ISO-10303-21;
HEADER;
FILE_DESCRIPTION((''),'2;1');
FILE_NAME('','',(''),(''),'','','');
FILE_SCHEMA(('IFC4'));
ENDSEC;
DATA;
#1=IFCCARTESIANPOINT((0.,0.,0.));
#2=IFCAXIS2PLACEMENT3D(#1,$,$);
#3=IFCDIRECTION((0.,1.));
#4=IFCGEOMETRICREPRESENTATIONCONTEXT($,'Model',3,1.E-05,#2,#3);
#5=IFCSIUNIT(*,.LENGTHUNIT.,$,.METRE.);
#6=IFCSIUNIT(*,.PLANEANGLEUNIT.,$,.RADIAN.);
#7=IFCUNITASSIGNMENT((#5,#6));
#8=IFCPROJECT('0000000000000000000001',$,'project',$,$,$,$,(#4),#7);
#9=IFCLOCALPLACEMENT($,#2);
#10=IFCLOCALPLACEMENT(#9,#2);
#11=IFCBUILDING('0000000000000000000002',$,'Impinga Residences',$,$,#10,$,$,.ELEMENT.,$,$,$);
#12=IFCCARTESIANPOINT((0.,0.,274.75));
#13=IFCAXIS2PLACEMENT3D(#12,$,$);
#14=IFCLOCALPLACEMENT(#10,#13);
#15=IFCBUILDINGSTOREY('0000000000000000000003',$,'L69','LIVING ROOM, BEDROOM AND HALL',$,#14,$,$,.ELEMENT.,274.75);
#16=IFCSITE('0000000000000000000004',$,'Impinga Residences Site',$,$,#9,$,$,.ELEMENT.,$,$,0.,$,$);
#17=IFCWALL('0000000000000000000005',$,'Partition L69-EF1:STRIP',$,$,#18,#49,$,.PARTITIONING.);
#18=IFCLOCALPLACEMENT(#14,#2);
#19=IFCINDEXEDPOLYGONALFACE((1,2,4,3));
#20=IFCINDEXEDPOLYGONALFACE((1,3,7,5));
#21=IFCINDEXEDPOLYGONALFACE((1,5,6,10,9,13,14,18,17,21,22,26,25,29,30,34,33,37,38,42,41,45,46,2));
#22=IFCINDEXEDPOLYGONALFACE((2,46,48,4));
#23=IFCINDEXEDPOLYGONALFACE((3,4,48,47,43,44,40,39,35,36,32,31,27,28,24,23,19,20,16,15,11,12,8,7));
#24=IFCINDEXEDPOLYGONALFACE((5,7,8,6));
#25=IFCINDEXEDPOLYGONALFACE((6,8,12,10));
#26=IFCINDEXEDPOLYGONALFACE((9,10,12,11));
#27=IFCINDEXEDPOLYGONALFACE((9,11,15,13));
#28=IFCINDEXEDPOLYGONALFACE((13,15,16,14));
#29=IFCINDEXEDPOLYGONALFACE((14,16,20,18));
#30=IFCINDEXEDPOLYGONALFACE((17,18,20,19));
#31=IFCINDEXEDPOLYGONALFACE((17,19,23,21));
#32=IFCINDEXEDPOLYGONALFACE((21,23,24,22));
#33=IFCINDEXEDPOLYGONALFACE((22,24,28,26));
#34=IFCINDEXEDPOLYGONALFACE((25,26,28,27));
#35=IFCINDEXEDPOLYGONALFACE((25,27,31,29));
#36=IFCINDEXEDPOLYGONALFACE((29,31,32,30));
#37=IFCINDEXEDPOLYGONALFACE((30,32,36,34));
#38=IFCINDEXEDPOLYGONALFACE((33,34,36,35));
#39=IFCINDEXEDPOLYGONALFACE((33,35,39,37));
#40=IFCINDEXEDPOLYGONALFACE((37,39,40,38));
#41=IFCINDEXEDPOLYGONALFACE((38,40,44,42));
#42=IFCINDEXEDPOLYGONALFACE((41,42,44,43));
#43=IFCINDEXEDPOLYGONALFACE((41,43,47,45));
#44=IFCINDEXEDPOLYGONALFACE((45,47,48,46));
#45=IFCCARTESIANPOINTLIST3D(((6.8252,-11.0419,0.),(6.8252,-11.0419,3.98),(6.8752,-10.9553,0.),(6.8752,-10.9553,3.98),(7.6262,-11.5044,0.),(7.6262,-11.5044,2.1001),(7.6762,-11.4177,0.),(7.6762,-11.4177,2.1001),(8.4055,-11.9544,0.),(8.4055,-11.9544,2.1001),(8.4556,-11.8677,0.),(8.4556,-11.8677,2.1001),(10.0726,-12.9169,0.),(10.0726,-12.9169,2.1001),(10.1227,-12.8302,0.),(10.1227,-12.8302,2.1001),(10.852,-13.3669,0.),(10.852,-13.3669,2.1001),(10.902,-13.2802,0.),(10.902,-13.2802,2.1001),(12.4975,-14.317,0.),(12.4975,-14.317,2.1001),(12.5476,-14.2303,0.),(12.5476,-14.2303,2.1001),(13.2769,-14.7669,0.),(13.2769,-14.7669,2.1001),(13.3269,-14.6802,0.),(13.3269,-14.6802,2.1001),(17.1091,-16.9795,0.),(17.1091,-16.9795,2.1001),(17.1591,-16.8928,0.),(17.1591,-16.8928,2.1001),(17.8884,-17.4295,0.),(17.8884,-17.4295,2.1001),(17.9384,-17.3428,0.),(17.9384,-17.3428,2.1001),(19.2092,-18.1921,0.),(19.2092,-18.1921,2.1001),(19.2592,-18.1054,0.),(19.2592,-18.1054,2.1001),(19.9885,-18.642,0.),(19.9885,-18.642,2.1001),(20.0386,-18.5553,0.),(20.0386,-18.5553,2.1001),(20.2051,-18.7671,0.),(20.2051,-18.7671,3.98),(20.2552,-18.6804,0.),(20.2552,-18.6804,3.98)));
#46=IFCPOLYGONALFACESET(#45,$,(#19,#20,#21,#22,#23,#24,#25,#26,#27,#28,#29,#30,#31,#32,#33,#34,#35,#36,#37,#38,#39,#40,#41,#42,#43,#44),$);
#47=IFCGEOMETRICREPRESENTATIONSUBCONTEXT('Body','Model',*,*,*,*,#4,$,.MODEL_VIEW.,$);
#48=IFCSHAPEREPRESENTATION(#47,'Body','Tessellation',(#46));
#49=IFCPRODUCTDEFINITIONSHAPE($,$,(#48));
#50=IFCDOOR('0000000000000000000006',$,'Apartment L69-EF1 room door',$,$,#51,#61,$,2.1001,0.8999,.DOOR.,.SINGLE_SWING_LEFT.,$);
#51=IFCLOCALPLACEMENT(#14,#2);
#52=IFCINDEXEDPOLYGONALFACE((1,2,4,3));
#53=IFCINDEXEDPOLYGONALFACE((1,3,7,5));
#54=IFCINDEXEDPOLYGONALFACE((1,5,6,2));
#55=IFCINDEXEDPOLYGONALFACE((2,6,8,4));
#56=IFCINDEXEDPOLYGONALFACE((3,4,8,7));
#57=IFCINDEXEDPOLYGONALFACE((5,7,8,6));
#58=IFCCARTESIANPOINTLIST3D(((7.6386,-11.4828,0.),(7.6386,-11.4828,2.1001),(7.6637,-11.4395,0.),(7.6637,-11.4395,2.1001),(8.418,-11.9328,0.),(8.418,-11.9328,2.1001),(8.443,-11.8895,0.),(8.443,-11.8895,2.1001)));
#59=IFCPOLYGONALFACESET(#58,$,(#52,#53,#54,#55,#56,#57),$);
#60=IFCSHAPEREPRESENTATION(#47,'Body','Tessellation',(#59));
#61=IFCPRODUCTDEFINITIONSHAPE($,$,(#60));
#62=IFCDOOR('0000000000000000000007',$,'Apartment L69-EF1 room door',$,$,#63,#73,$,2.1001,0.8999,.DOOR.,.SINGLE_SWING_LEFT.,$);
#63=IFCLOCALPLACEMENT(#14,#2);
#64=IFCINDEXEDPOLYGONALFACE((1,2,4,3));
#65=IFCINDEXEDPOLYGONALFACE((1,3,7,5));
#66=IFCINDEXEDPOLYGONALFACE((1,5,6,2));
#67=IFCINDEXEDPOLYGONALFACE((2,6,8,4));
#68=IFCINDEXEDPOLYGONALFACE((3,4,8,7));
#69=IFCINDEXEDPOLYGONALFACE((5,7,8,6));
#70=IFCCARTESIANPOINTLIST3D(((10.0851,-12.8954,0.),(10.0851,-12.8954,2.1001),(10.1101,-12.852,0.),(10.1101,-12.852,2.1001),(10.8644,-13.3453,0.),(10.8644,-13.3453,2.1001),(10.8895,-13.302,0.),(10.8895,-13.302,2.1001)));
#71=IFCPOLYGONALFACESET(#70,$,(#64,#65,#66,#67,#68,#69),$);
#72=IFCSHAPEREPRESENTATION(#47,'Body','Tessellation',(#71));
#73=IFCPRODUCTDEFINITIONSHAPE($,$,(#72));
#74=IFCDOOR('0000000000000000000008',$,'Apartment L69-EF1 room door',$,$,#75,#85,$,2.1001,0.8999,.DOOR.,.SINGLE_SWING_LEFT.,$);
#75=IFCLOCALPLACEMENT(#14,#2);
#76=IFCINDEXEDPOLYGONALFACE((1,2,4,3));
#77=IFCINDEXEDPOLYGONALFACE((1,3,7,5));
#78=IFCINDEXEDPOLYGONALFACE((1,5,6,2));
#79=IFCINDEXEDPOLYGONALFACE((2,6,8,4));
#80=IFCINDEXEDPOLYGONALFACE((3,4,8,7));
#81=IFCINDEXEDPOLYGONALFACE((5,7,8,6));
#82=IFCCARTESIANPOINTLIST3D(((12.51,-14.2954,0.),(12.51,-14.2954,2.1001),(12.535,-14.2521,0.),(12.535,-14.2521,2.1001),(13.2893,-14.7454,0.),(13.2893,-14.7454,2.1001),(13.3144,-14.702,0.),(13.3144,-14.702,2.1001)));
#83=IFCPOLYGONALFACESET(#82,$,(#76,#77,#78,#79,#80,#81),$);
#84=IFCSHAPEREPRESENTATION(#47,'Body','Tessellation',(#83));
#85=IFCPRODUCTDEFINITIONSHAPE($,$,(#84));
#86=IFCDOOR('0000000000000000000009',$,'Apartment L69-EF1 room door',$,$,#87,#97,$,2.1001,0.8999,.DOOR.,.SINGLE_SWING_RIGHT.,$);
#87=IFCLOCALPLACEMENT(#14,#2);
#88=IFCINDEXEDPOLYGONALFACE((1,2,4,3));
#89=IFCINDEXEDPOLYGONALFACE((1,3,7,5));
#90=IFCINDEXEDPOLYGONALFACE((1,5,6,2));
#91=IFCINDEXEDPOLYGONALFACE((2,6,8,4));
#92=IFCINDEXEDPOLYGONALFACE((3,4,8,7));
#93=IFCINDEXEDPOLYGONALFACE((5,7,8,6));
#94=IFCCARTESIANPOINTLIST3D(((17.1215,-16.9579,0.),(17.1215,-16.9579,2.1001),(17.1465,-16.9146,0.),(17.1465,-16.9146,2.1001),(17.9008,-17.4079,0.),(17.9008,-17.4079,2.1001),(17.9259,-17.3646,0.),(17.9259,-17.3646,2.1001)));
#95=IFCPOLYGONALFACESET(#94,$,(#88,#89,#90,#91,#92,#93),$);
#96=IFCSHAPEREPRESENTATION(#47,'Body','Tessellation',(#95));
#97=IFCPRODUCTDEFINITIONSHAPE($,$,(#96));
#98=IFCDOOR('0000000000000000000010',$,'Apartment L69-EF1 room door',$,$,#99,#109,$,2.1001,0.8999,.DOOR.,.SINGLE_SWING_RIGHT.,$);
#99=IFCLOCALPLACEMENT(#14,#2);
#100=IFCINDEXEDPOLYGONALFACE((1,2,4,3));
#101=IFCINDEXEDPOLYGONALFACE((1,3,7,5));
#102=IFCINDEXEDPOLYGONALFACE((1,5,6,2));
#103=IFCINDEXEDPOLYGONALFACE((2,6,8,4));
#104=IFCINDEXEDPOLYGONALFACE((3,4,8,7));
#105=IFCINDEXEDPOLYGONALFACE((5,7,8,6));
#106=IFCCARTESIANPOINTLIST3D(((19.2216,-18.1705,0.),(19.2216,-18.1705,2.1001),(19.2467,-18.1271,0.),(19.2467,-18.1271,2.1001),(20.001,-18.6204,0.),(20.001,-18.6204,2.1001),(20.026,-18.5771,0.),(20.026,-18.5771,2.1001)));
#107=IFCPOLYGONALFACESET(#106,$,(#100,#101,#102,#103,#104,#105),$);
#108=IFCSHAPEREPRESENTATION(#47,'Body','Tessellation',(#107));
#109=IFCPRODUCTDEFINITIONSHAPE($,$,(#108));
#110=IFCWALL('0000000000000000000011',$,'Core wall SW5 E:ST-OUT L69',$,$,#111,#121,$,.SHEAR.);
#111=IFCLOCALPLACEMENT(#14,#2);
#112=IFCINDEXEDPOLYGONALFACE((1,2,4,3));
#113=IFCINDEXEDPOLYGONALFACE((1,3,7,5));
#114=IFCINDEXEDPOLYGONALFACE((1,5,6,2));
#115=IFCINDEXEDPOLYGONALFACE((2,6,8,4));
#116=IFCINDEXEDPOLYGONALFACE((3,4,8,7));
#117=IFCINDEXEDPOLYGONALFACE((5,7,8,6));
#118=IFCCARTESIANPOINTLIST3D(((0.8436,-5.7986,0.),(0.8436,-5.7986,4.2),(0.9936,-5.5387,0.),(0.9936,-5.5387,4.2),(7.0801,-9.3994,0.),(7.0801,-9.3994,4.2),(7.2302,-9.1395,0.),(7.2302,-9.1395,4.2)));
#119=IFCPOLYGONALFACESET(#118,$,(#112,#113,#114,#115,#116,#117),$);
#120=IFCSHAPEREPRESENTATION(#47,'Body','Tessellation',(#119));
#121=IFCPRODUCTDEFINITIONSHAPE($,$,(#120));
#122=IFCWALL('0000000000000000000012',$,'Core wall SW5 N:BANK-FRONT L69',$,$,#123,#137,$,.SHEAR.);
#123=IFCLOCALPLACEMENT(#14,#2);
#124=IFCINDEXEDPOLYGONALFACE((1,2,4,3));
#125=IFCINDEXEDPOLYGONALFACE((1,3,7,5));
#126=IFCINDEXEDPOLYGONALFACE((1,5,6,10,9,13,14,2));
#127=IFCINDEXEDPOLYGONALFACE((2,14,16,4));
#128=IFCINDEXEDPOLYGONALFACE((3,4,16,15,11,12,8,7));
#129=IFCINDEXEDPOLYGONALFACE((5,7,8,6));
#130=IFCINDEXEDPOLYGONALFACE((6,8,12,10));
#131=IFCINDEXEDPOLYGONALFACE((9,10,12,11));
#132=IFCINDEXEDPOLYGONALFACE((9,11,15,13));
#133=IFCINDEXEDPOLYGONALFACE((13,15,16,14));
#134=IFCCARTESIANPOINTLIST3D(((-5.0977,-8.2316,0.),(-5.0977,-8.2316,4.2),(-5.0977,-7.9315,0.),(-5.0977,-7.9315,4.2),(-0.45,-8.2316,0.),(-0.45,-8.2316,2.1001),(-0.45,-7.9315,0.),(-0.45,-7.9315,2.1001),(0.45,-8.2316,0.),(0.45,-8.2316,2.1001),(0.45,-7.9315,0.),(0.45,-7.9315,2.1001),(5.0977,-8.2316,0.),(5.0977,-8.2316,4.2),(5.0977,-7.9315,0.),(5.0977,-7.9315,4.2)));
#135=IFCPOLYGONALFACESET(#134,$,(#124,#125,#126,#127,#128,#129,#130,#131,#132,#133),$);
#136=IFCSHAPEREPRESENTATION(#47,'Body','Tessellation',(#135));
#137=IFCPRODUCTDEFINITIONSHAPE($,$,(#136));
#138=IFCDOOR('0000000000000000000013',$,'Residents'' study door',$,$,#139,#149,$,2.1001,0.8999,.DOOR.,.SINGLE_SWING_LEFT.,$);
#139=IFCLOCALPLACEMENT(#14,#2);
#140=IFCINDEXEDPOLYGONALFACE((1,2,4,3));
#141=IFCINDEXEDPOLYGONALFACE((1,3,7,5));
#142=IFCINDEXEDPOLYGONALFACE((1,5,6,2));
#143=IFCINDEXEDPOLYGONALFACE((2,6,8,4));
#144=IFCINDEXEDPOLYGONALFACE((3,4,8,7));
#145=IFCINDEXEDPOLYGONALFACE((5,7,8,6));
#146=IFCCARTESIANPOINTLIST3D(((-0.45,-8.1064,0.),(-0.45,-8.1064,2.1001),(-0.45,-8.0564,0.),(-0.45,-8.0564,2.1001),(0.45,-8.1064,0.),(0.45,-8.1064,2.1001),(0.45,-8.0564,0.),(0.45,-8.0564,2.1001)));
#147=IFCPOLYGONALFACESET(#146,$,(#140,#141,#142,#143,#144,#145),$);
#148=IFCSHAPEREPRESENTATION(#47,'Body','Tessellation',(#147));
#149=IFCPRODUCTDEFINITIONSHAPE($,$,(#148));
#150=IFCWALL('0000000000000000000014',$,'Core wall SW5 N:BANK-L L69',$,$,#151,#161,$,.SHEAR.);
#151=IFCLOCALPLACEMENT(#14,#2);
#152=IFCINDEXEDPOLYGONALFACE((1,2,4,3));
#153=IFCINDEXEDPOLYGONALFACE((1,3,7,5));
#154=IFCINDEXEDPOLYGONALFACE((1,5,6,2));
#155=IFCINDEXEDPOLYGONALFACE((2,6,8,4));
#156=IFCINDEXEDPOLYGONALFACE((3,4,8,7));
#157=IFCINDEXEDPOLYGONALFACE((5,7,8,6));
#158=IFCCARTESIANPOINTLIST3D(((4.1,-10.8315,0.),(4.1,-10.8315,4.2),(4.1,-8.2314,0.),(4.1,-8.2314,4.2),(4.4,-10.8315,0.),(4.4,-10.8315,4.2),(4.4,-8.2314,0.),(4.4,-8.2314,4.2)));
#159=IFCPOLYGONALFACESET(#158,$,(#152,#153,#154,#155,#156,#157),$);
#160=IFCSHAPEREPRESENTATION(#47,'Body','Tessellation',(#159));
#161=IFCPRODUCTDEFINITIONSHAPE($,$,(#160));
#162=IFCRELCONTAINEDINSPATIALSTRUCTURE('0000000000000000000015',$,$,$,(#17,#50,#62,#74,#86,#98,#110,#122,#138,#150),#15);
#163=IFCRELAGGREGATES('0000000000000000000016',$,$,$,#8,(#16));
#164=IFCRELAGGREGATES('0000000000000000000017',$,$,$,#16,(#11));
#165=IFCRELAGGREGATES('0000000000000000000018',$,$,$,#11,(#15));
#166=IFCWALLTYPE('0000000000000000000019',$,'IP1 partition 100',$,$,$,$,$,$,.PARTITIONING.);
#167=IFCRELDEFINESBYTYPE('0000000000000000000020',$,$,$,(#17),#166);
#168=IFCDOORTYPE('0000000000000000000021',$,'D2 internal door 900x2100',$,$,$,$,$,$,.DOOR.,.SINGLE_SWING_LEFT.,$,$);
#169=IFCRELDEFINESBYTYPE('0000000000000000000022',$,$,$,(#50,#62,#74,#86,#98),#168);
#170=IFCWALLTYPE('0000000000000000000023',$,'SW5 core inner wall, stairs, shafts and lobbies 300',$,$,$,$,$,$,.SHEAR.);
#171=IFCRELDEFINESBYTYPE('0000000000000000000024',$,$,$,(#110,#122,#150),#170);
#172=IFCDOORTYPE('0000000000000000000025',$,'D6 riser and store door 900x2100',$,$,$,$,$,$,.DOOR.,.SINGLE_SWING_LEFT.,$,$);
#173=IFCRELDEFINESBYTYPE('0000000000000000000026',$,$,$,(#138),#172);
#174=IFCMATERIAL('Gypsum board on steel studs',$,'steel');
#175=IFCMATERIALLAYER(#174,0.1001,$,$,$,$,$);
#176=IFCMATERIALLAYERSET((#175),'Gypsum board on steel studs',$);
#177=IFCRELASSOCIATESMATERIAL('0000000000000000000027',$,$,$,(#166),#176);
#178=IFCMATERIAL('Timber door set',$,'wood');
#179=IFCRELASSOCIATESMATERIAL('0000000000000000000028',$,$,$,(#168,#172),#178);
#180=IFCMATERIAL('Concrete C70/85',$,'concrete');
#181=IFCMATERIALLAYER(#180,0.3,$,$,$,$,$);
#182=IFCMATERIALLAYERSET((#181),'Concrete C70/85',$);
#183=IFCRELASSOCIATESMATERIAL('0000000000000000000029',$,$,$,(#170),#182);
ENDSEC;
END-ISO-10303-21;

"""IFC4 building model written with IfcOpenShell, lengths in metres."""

from ifc_helpers import new_model, si_unit, direction, frame, frame_2d, origin, place, context, subcontext, project, spatial, rectangle, extrude, material, layer, layer_set, type_object, element, fill, save


model = new_model("IFC4")

# Units and contexts
model_context = context("Model", 3, precision=1e-05, world=origin(), true_north=direction((0.0, 1.0)))
body_context = subcontext(model_context, "Body", "Model", "MODEL_VIEW")
ifc_project = project(units=[si_unit("LENGTHUNIT", "METRE"), si_unit("PLANEANGLEUNIT", "RADIAN")], contexts=[model_context])

# Site, building, storey
site_placement = place(None, origin())
site = spatial("IfcSite", under=ifc_project, at=site_placement, Name="Impinga Residences Site", CompositionType="ELEMENT", RefElevation=0.0)
building_placement = place(site_placement, origin())
building = spatial("IfcBuilding", under=site, at=building_placement, Name="Impinga Residences", CompositionType="ELEMENT")
storey_placement = place(building_placement, frame((0.0, 0.0, 274.75)))
storey = spatial("IfcBuildingStorey", under=building, at=storey_placement, Name="L69", Description="LIVING ROOM, BEDROOM AND HALL", CompositionType="ELEMENT", Elevation=274.75)

# Wall, openings, doors
ifc_material_1 = material(Name="Gypsum board on steel studs", Category="steel")
ifc_layer_1 = layer(ifc_material_1, 0.1001)
ifc_layer_set_1 = layer_set([ifc_layer_1], Name="Gypsum board on steel studs")
wall_type_1 = type_object("IfcWallType", Name="IP1 partition 100", PredefinedType="PARTITIONING", material=ifc_layer_set_1)
wall_1_placement = place(storey_placement, frame((6.8501, -10.9985, 0.0), z_axis=(0.0, 0.0, 1.0), x_axis=(0.866019, -0.500011, 0.0)))
wall_1 = element("IfcWall", 1, at=wall_1_placement, inside=storey, type_object=wall_type_1, Name="Partition L69-EF1:STRIP", PredefinedType="PARTITIONING", context=body_context, shape_type="SweptSolid", body=[
    extrude(rectangle(XDim=15.45, YDim=0.1001, at=frame_2d((7.7251, 0.0))), origin(), (0.0, 0.0, 1.0), 3.98),
])
opening_1_placement = place(wall_1_placement, frame((0.925, 0.0, 0.0)))
opening_1 = element("IfcOpeningElement", 2, at=opening_1_placement, cuts=wall_1, PredefinedType="OPENING", context=body_context, shape_type="SweptSolid", body=[
    extrude(rectangle(XDim=0.8999, YDim=2.1001, at=frame_2d((0.45, 1.05))), frame((0.0, 0.0601, 0.0), z_axis=(0.0, -1.0, 0.0), x_axis=(1.0, 0.0, 0.0)), (0.0, 0.0, 1.0), 0.1201),
])
opening_2_placement = place(wall_1_placement, frame((3.75, 0.0, 0.0)))
opening_2 = element("IfcOpeningElement", 3, at=opening_2_placement, cuts=wall_1, PredefinedType="OPENING", context=body_context, shape_type="SweptSolid", body=[
    extrude(rectangle(XDim=0.8999, YDim=2.1001, at=frame_2d((0.45, 1.05))), frame((0.0, 0.0601, 0.0), z_axis=(0.0, -1.0, 0.0), x_axis=(1.0, 0.0, 0.0)), (0.0, 0.0, 1.0), 0.1201),
])
opening_3_placement = place(wall_1_placement, frame((6.55, 0.0, 0.0)))
opening_3 = element("IfcOpeningElement", 4, at=opening_3_placement, cuts=wall_1, PredefinedType="OPENING", context=body_context, shape_type="SweptSolid", body=[
    extrude(rectangle(XDim=0.8999, YDim=2.1001, at=frame_2d((0.45, 1.05))), frame((0.0, 0.0601, 0.0), z_axis=(0.0, -1.0, 0.0), x_axis=(1.0, 0.0, 0.0)), (0.0, 0.0, 1.0), 0.1201),
])
opening_4_placement = place(wall_1_placement, frame((11.875, 0.0, 0.0)))
opening_4 = element("IfcOpeningElement", 5, at=opening_4_placement, cuts=wall_1, PredefinedType="OPENING", context=body_context, shape_type="SweptSolid", body=[
    extrude(rectangle(XDim=0.8999, YDim=2.1001, at=frame_2d((0.45, 1.05))), frame((0.0, 0.0601, 0.0), z_axis=(0.0, -1.0, 0.0), x_axis=(1.0, 0.0, 0.0)), (0.0, 0.0, 1.0), 0.1201),
])
opening_5_placement = place(wall_1_placement, frame((14.3, 0.0, 0.0)))
opening_5 = element("IfcOpeningElement", 6, at=opening_5_placement, cuts=wall_1, PredefinedType="OPENING", context=body_context, shape_type="SweptSolid", body=[
    extrude(rectangle(XDim=0.8999, YDim=2.1001, at=frame_2d((0.45, 1.05))), frame((0.0, 0.0601, 0.0), z_axis=(0.0, -1.0, 0.0), x_axis=(1.0, 0.0, 0.0)), (0.0, 0.0, 1.0), 0.1201),
])
ifc_material_2 = material(Name="Timber door set", Category="wood")
door_type_1 = type_object("IfcDoorType", Name="D2 internal door 900x2100", OperationType="SINGLE_SWING_LEFT", PredefinedType="DOOR", material=ifc_material_2)
door_1_placement = place(opening_1_placement, origin())
door_1 = element("IfcDoor", 7, at=door_1_placement, inside=storey, type_object=door_type_1, Name="Apartment L69-EF1 room door", OperationType="SINGLE_SWING_LEFT", OverallHeight=2.1001, OverallWidth=0.8999, PredefinedType="DOOR", context=body_context, shape_type="SweptSolid", body=[
    extrude(rectangle(XDim=0.8999, YDim=2.1001, at=frame_2d((0.45, 1.05))), frame((0.0, 0.0249, 0.0), z_axis=(0.0, -1.0, 0.0), x_axis=(1.0, 0.0, 0.0)), (0.0, 0.0, 1.0), 0.05),
])
fill(opening_1, door_1)
door_2_placement = place(opening_2_placement, origin())
door_2 = element("IfcDoor", 8, at=door_2_placement, inside=storey, type_object=door_type_1, Name="Apartment L69-EF1 room door", OperationType="SINGLE_SWING_LEFT", OverallHeight=2.1001, OverallWidth=0.8999, PredefinedType="DOOR", context=body_context, shape_type="SweptSolid", body=[
    extrude(rectangle(XDim=0.8999, YDim=2.1001, at=frame_2d((0.45, 1.05))), frame((0.0, 0.0249, 0.0), z_axis=(0.0, -1.0, 0.0), x_axis=(1.0, 0.0, 0.0)), (0.0, 0.0, 1.0), 0.05),
])
fill(opening_2, door_2)
door_3_placement = place(opening_3_placement, origin())
door_3 = element("IfcDoor", 9, at=door_3_placement, inside=storey, type_object=door_type_1, Name="Apartment L69-EF1 room door", OperationType="SINGLE_SWING_LEFT", OverallHeight=2.1001, OverallWidth=0.8999, PredefinedType="DOOR", context=body_context, shape_type="SweptSolid", body=[
    extrude(rectangle(XDim=0.8999, YDim=2.1001, at=frame_2d((0.45, 1.05))), frame((0.0, 0.0249, 0.0), z_axis=(0.0, -1.0, 0.0), x_axis=(1.0, 0.0, 0.0)), (0.0, 0.0, 1.0), 0.05),
])
fill(opening_3, door_3)
door_4_placement = place(opening_4_placement, origin())
door_4 = element("IfcDoor", 10, at=door_4_placement, inside=storey, type_object=door_type_1, Name="Apartment L69-EF1 room door", OperationType="SINGLE_SWING_RIGHT", OverallHeight=2.1001, OverallWidth=0.8999, PredefinedType="DOOR", context=body_context, shape_type="SweptSolid", body=[
    extrude(rectangle(XDim=0.8999, YDim=2.1001, at=frame_2d((0.45, 1.05))), frame((0.0, 0.0249, 0.0), z_axis=(0.0, -1.0, 0.0), x_axis=(1.0, 0.0, 0.0)), (0.0, 0.0, 1.0), 0.05),
])
fill(opening_4, door_4)
door_5_placement = place(opening_5_placement, origin())
door_5 = element("IfcDoor", 11, at=door_5_placement, inside=storey, type_object=door_type_1, Name="Apartment L69-EF1 room door", OperationType="SINGLE_SWING_RIGHT", OverallHeight=2.1001, OverallWidth=0.8999, PredefinedType="DOOR", context=body_context, shape_type="SweptSolid", body=[
    extrude(rectangle(XDim=0.8999, YDim=2.1001, at=frame_2d((0.45, 1.05))), frame((0.0, 0.0249, 0.0), z_axis=(0.0, -1.0, 0.0), x_axis=(1.0, 0.0, 0.0)), (0.0, 0.0, 1.0), 0.05),
])
fill(opening_5, door_5)

# Wall
ifc_material_3 = material(Name="Concrete C70/85", Category="concrete")
ifc_layer_2 = layer(ifc_material_3, 0.3)
ifc_layer_set_2 = layer_set([ifc_layer_2], Name="Concrete C70/85")
wall_type_2 = type_object("IfcWallType", Name="SW5 core inner wall, stairs, shafts and lobbies 300", PredefinedType="SHEAR", material=ifc_layer_set_2)
wall_2_placement = place(storey_placement, frame((0.9187, -5.6687, 0.0), z_axis=(0.0, 0.0, 1.0), x_axis=(0.866017, -0.500015, 0.0)))
element("IfcWall", 12, at=wall_2_placement, inside=storey, type_object=wall_type_2, Name="Core wall SW5 E:ST-OUT L69", PredefinedType="SHEAR", context=body_context, shape_type="SweptSolid", body=[
    extrude(rectangle(XDim=7.2014, YDim=0.3, at=frame_2d((3.6006, 0.0))), origin(), (0.0, 0.0, 1.0), 4.2),
])

# Wall, opening, door
wall_3_placement = place(storey_placement, frame((5.0977, -8.0815, 0.0), z_axis=(0.0, 0.0, 1.0), x_axis=(-1.0, 0.0, 0.0)))
wall_3 = element("IfcWall", 13, at=wall_3_placement, inside=storey, type_object=wall_type_2, Name="Core wall SW5 N:BANK-FRONT L69", PredefinedType="SHEAR", context=body_context, shape_type="SweptSolid", body=[
    extrude(rectangle(XDim=10.1953, YDim=0.3, at=frame_2d((5.0977, 0.0))), origin(), (0.0, 0.0, 1.0), 4.2),
])
opening_6_placement = place(wall_3_placement, frame((4.6477, 0.0, 0.0)))
opening_6 = element("IfcOpeningElement", 14, at=opening_6_placement, cuts=wall_3, PredefinedType="OPENING", context=body_context, shape_type="SweptSolid", body=[
    extrude(rectangle(XDim=0.8999, YDim=2.1001, at=frame_2d((0.45, 1.05))), frame((0.0, 0.1599, 0.0), z_axis=(0.0, -1.0, 0.0), x_axis=(1.0, 0.0, 0.0)), (0.0, 0.0, 1.0), 0.3201),
])
door_type_2 = type_object("IfcDoorType", Name="D6 riser and store door 900x2100", OperationType="SINGLE_SWING_LEFT", PredefinedType="DOOR", material=ifc_material_2)
door_6_placement = place(opening_6_placement, origin())
door_6 = element("IfcDoor", 15, at=door_6_placement, inside=storey, type_object=door_type_2, Name="Residents' study door", OperationType="SINGLE_SWING_LEFT", OverallHeight=2.1001, OverallWidth=0.8999, PredefinedType="DOOR", context=body_context, shape_type="SweptSolid", body=[
    extrude(rectangle(XDim=0.8999, YDim=2.1001, at=frame_2d((0.45, 1.05))), frame((0.0, 0.0249, 0.0), z_axis=(0.0, -1.0, 0.0), x_axis=(1.0, 0.0, 0.0)), (0.0, 0.0, 1.0), 0.05),
])
fill(opening_6, door_6)

# Wall
wall_4_placement = place(storey_placement, frame((4.25, -8.2314, 0.0), z_axis=(0.0, 0.0, 1.0), x_axis=(0.0, -1.0, 0.0)))
element("IfcWall", 16, at=wall_4_placement, inside=storey, type_object=wall_type_2, Name="Core wall SW5 N:BANK-L L69", PredefinedType="SHEAR", context=body_context, shape_type="SweptSolid", body=[
    extrude(rectangle(XDim=2.6001, YDim=0.3, at=frame_2d((1.3, 0.0))), origin(), (0.0, 0.0, 1.0), 4.2),
])

save(model, "model.ifc")
